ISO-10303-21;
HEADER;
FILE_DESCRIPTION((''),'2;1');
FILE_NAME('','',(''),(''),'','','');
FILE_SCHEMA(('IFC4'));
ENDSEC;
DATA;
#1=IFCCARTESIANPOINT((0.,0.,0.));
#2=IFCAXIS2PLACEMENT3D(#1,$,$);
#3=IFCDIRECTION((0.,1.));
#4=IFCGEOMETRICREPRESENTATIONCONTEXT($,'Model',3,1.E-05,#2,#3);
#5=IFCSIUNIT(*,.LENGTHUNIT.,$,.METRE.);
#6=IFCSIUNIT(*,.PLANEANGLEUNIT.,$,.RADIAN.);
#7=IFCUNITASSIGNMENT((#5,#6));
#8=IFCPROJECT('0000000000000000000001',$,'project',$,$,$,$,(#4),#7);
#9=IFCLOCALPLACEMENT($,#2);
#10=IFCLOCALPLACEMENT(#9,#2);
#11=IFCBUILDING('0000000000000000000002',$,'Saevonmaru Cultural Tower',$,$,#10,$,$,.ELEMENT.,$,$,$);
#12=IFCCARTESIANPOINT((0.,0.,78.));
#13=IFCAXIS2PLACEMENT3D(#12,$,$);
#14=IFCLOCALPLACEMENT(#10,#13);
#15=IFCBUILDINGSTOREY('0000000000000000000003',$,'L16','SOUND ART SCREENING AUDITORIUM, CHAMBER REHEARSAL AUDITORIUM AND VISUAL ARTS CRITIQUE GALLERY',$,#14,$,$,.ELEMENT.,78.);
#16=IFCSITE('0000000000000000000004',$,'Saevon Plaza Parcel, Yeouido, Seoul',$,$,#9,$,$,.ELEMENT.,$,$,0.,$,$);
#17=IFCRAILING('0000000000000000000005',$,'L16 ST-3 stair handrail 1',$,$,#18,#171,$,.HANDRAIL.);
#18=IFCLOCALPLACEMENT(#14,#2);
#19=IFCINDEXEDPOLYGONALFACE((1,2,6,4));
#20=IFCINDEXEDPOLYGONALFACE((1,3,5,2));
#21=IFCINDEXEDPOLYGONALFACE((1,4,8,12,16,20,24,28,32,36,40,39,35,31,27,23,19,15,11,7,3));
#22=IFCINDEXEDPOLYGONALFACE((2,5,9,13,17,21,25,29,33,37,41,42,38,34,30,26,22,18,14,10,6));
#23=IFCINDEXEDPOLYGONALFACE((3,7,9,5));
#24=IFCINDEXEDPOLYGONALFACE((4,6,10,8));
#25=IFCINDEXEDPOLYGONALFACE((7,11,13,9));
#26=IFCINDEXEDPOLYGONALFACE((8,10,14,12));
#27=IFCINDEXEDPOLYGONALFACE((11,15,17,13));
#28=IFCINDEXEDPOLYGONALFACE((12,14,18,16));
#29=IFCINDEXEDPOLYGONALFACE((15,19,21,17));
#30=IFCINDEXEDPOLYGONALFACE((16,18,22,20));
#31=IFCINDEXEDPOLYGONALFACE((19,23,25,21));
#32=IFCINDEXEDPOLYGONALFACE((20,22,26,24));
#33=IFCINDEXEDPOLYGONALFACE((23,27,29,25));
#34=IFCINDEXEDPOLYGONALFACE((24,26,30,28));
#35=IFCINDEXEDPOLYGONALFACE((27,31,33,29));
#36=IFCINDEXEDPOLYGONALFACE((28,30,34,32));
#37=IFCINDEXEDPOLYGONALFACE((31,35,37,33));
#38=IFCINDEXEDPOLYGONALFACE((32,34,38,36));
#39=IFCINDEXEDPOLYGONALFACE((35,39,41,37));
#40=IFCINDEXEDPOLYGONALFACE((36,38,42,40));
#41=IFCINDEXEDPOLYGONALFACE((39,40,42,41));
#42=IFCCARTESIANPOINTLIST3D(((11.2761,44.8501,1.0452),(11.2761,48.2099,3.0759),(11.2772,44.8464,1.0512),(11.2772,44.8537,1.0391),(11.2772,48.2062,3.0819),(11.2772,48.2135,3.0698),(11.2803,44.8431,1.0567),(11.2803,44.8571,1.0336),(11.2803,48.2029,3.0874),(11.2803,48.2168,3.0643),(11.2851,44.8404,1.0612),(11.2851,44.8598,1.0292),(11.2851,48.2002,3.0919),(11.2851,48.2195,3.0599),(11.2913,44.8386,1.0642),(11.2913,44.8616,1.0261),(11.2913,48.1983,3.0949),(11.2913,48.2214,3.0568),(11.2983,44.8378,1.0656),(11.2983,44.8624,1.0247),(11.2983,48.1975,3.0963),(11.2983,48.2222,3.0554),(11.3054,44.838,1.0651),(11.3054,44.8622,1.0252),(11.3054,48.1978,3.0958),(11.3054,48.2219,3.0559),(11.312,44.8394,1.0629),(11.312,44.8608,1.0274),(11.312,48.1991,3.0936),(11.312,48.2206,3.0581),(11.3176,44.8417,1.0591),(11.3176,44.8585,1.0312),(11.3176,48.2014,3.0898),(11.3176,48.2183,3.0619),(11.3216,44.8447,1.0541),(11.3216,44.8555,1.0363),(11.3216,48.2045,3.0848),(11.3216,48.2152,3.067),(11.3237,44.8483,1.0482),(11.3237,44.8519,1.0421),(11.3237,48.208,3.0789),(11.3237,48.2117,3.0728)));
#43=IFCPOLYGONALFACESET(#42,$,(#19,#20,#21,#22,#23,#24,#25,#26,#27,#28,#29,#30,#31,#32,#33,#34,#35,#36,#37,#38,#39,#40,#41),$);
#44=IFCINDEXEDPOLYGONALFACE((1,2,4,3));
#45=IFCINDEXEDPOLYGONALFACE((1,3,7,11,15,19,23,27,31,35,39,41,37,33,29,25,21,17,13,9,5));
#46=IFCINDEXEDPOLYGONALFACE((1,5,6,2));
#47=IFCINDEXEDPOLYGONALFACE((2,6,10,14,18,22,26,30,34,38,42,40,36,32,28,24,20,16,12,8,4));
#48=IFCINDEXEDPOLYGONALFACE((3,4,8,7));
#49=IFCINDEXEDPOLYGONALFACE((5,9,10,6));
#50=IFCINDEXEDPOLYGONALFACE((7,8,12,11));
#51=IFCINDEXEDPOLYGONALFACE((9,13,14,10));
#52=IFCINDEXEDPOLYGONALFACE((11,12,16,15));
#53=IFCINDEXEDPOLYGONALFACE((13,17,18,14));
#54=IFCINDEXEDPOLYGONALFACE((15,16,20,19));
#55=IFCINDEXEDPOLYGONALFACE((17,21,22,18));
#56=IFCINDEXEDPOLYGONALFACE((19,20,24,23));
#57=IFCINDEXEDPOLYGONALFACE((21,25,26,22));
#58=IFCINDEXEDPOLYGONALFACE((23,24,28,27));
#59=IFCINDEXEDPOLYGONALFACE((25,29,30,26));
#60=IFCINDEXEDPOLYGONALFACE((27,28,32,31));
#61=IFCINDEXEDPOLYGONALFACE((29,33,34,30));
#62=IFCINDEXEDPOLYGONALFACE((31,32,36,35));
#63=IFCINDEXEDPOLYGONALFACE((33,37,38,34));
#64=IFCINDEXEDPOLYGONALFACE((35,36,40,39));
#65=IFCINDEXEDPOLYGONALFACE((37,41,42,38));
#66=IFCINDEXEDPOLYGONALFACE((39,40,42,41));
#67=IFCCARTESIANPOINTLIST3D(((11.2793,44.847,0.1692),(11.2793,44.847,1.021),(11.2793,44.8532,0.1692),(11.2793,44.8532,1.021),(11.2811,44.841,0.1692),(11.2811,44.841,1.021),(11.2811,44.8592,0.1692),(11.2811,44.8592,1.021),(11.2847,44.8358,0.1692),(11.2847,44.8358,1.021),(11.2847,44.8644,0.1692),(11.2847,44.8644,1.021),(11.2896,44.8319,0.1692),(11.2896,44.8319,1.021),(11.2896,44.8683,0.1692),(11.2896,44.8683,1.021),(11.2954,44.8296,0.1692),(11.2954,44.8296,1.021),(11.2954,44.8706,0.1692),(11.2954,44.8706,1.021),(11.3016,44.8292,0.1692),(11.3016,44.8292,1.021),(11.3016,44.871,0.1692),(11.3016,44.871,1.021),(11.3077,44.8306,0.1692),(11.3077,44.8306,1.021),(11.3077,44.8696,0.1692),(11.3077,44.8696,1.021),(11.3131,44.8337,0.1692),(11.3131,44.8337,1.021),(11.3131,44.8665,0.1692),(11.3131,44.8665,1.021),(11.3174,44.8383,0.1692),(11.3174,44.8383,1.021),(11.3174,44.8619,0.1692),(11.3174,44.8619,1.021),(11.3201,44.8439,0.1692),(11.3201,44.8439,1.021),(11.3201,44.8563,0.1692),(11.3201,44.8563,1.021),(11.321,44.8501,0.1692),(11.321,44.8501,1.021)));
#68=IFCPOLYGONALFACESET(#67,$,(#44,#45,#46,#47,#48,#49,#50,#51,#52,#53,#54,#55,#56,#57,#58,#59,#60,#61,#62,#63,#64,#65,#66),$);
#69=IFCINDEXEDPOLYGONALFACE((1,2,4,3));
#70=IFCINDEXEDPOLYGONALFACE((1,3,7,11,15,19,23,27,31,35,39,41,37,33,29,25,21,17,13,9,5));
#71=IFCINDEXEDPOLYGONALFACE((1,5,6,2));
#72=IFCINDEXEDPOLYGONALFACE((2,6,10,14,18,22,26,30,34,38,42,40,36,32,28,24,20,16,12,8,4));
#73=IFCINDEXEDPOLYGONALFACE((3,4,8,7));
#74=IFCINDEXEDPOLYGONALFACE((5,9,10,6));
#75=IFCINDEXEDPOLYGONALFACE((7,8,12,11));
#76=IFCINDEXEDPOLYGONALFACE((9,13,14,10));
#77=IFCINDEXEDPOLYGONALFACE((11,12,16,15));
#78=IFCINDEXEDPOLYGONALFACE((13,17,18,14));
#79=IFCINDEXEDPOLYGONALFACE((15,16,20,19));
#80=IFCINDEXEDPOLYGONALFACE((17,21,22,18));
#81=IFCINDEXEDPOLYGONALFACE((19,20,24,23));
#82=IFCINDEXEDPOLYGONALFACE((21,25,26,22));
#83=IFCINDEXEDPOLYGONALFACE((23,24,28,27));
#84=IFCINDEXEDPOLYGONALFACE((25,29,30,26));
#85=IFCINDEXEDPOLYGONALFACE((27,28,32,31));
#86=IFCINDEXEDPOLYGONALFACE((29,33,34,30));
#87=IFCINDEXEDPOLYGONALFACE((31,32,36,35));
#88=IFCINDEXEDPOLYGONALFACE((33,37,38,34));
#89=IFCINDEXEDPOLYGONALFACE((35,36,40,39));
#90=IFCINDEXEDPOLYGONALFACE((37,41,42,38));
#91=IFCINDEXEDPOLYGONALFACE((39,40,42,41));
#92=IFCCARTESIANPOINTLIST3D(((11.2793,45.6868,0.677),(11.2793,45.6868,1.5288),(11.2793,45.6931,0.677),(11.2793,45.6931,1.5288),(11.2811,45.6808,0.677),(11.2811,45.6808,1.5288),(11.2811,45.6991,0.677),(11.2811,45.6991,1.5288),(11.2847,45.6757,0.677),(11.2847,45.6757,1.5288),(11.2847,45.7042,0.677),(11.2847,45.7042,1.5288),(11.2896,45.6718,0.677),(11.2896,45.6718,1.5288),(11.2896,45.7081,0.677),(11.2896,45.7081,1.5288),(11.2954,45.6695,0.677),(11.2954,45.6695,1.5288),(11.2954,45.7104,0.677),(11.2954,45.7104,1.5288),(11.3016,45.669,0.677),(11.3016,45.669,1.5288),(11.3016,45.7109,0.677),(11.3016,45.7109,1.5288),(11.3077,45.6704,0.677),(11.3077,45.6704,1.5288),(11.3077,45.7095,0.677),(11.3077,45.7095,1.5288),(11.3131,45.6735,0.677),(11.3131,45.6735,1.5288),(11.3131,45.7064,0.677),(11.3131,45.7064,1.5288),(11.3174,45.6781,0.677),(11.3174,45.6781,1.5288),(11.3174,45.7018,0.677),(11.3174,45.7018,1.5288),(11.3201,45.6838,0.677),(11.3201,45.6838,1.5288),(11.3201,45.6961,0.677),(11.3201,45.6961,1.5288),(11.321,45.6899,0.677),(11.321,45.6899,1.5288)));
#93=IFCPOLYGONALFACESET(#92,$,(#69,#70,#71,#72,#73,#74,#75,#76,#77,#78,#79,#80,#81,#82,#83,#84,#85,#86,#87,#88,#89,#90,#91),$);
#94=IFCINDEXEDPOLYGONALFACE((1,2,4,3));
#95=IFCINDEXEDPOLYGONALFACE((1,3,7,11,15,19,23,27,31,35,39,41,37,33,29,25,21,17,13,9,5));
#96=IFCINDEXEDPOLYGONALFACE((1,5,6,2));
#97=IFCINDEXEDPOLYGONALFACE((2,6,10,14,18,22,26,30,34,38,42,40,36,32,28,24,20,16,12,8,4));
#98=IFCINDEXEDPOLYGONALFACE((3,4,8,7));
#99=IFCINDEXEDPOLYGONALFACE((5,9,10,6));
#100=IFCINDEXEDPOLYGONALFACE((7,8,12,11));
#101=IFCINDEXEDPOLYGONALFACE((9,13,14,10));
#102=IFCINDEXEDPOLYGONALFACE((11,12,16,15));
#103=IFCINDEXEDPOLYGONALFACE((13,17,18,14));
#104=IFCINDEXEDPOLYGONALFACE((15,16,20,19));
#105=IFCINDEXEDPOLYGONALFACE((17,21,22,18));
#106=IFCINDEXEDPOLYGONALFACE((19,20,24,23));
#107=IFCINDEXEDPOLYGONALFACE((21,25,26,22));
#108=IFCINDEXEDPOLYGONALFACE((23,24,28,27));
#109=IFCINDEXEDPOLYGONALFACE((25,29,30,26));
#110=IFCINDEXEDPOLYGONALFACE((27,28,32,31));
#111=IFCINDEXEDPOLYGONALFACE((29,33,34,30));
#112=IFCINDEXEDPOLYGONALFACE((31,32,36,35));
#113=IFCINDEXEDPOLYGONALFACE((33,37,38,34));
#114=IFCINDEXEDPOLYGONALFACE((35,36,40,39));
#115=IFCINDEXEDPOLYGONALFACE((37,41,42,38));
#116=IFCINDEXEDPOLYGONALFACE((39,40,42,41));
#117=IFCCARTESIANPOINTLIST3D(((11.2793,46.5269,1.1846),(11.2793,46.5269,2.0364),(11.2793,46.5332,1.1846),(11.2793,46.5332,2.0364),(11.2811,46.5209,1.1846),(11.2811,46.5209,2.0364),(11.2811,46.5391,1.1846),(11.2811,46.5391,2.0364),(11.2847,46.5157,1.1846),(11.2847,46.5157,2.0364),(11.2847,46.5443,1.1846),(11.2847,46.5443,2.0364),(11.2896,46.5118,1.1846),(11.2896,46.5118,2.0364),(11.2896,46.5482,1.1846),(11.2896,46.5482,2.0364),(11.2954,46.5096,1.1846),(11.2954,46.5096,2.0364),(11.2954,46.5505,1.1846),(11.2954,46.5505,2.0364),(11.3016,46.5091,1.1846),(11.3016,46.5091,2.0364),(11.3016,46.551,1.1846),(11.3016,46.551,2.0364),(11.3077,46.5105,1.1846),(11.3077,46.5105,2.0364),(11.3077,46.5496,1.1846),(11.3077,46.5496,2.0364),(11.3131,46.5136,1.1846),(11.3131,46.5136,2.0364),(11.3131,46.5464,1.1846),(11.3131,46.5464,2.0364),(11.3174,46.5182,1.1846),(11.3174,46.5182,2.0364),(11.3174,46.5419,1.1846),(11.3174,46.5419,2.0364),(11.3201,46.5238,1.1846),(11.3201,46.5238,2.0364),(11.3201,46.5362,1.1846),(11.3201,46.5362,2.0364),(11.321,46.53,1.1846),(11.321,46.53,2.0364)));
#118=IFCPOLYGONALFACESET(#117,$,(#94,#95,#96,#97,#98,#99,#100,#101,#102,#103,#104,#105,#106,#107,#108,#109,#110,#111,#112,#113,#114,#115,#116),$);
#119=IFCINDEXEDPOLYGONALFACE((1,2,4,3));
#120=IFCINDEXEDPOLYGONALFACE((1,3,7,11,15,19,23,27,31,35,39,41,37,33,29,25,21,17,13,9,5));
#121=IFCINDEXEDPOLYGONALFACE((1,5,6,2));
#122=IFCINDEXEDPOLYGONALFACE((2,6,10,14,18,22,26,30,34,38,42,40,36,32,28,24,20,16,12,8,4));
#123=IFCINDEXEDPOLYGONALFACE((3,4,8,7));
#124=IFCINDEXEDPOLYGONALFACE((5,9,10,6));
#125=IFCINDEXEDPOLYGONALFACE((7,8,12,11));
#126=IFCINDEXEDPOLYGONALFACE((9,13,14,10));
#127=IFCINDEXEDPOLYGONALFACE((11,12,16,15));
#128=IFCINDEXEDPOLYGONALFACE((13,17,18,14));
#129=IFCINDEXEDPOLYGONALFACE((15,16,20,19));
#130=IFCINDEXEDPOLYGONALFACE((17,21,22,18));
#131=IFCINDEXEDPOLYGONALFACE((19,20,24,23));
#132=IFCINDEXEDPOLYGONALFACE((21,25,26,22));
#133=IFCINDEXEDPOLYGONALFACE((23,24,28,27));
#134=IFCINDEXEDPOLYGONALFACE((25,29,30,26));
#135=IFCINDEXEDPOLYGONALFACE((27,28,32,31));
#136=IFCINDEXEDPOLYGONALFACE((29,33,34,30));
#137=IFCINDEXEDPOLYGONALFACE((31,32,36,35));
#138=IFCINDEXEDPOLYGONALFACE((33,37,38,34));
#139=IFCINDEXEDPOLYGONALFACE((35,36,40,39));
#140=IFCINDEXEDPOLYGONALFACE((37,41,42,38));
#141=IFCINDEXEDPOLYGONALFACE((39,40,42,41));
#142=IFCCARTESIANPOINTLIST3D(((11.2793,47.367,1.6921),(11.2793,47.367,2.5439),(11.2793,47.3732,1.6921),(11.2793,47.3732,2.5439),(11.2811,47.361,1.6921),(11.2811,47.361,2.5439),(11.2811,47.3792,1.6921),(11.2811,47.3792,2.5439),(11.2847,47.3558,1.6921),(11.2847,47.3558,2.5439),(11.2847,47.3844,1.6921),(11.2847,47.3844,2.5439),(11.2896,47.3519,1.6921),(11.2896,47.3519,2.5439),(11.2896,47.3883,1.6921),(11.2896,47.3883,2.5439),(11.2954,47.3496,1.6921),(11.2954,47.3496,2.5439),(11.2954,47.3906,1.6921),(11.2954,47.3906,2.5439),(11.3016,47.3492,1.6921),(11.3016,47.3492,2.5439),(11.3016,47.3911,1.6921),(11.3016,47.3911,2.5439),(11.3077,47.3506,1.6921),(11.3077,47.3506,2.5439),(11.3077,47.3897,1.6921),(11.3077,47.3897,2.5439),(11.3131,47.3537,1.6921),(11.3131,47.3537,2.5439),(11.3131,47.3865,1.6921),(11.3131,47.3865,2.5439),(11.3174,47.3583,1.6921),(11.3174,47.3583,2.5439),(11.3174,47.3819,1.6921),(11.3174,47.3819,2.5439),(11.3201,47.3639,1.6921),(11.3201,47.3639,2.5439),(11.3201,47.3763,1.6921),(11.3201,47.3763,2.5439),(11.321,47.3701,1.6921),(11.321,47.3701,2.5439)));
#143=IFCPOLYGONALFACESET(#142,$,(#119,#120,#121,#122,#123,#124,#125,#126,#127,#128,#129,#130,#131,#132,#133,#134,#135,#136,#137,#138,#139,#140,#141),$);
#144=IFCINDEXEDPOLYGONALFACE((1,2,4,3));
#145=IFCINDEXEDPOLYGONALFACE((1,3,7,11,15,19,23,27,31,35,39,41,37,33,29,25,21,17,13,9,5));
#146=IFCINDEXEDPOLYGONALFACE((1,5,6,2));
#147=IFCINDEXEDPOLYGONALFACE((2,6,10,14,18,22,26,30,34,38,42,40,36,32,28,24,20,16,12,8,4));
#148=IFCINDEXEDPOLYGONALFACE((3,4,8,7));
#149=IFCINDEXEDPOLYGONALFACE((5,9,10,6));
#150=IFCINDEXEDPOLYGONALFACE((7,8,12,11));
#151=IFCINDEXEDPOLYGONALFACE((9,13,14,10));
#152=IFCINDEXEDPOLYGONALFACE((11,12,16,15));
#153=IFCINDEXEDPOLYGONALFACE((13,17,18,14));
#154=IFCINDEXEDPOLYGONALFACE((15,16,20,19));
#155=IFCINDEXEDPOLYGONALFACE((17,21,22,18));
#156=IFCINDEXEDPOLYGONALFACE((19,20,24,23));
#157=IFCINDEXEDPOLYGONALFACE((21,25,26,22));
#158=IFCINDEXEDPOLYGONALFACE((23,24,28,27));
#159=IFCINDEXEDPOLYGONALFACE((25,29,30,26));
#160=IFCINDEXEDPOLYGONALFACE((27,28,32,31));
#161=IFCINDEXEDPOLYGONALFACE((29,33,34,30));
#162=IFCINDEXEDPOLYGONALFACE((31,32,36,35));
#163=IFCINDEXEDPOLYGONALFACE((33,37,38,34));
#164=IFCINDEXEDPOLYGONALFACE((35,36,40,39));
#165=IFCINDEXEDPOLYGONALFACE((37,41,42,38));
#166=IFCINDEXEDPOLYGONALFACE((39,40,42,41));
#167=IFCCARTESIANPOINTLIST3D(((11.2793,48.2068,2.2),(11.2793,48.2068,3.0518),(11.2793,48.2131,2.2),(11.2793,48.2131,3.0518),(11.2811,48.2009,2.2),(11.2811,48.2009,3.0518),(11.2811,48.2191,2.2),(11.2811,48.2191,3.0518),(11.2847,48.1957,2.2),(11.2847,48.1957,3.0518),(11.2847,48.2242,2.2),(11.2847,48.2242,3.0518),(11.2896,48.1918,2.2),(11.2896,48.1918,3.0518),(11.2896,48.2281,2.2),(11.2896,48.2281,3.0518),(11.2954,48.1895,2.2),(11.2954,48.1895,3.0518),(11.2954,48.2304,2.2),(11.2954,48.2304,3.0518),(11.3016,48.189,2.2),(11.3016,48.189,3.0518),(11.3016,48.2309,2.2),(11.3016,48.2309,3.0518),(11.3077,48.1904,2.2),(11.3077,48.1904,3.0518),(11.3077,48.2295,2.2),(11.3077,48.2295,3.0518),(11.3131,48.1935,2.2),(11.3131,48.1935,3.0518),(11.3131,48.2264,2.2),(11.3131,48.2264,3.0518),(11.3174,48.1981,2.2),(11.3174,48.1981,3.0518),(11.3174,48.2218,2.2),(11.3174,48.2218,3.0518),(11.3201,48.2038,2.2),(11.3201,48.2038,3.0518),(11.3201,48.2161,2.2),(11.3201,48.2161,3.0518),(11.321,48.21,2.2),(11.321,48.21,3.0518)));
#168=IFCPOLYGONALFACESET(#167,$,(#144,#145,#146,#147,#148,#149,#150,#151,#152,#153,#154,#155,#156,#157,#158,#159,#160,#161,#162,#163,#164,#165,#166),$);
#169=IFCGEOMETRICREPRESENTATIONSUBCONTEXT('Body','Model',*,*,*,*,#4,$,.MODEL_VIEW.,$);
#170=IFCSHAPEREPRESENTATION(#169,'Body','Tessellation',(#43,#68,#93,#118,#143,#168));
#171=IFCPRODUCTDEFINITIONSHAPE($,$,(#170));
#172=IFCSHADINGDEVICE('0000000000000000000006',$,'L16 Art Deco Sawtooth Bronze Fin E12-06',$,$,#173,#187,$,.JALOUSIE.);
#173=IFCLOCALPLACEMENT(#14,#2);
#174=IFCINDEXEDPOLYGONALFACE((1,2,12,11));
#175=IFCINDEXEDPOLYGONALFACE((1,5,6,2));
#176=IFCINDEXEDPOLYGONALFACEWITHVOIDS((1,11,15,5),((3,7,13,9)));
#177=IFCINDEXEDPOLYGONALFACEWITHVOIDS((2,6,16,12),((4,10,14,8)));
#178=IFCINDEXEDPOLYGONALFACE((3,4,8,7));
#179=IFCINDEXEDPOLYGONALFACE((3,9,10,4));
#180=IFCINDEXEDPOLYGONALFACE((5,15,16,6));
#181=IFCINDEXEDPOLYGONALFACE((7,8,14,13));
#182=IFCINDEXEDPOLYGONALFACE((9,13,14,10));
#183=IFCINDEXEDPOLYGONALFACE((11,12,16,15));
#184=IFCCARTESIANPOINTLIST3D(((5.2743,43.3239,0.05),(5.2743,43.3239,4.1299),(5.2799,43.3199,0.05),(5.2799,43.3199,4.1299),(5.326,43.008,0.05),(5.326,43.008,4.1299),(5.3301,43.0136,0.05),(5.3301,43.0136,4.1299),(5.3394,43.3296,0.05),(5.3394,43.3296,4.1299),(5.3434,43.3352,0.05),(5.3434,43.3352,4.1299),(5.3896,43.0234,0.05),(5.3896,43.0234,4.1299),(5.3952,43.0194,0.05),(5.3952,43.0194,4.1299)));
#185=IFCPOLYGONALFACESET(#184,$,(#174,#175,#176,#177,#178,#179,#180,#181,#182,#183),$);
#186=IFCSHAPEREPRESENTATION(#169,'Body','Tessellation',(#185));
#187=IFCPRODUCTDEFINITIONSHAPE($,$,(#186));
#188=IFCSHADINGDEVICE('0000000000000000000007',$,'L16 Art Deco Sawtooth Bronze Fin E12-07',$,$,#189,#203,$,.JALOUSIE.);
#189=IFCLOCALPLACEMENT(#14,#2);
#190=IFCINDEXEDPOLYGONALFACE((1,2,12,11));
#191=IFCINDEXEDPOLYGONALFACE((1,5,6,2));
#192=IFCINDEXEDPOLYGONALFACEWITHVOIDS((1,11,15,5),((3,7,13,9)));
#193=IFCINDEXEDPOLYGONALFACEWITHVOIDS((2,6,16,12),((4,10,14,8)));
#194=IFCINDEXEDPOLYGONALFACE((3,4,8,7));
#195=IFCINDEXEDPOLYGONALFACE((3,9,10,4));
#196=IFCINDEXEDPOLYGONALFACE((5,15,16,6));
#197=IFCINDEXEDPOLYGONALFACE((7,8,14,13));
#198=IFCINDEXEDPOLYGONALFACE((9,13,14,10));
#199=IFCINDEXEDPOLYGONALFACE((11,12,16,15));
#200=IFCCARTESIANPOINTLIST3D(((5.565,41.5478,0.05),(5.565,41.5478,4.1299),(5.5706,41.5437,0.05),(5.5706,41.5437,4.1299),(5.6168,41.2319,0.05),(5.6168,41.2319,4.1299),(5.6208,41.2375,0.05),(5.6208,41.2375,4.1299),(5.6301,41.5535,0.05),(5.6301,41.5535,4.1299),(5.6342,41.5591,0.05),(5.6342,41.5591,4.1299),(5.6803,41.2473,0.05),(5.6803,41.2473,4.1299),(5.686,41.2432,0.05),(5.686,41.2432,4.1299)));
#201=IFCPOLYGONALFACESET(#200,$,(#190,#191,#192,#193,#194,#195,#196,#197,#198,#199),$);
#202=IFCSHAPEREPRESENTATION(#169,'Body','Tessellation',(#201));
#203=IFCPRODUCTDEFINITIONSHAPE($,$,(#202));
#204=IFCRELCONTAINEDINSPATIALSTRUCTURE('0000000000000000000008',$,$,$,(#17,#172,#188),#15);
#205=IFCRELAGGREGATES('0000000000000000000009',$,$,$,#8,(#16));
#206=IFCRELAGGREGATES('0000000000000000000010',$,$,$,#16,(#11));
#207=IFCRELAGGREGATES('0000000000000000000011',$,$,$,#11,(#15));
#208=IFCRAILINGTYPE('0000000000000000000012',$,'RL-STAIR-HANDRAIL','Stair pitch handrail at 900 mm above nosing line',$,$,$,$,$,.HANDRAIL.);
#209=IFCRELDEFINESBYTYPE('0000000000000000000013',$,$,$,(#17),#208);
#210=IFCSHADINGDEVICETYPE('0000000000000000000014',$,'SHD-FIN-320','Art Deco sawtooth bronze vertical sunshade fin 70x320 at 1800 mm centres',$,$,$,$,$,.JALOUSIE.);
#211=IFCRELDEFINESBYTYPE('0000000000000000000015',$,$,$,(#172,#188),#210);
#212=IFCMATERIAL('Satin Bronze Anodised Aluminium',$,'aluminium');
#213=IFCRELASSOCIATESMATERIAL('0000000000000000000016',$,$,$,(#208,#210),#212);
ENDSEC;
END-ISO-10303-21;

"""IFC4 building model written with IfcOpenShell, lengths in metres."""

from ifc_helpers import new_model, si_unit, direction, frame, origin, origin_2d, place, context, subcontext, project, spatial, hollow_rectangle, circle, extrude, material, material_profile, profile_set, type_object, element, save


model = new_model("IFC4")

# Units and contexts
model_context = context("Model", 3, precision=1e-05, world=origin(), true_north=direction((0.0, 1.0)))
body_context = subcontext(model_context, "Body", "Model", "MODEL_VIEW")
ifc_project = project(units=[si_unit("LENGTHUNIT", "METRE"), si_unit("PLANEANGLEUNIT", "RADIAN")], contexts=[model_context])

# Site, building, storey
site_placement = place(None, origin())
site = spatial("IfcSite", under=ifc_project, at=site_placement, Name="Saevon Plaza Parcel, Yeouido, Seoul", CompositionType="ELEMENT", RefElevation=0.0)
building_placement = place(site_placement, origin())
building = spatial("IfcBuilding", under=site, at=building_placement, Name="Saevonmaru Cultural Tower", CompositionType="ELEMENT")
storey_placement = place(building_placement, frame((0.0, 0.0, 78.0)))
storey = spatial("IfcBuildingStorey", under=building, at=storey_placement, Name="L16", Description="SOUND ART SCREENING AUDITORIUM, CHAMBER REHEARSAL AUDITORIUM AND VISUAL ARTS CRITIQUE GALLERY", CompositionType="ELEMENT", Elevation=78.0)

# Shared definitions
ifc_material_1 = material(Name="Satin Bronze Anodised Aluminium", Category="aluminium")

# Railing
railing_type_1 = type_object("IfcRailingType", Name="RL-STAIR-HANDRAIL", Description="Stair pitch handrail at 900 mm above nosing line", PredefinedType="HANDRAIL", material=ifc_material_1)
railing_1_placement = place(storey_placement, frame((11.3, 44.8501, 0.1692)))
element("IfcRailing", 1, at=railing_1_placement, inside=storey, type_object=railing_type_1, Name="L16 ST-3 stair handrail 1", PredefinedType="HANDRAIL", context=body_context, shape_type="SweptSolid", body=[
    extrude(circle(Radius=0.0239, at=origin_2d()), frame((0.0, 0.0, 0.876), z_axis=(0.0, 0.85582, 0.517273), x_axis=(-1.0, 0.0, 0.0)), (0.0, 0.0, 1.0), 3.9258),
    extrude(circle(Radius=0.021, at=origin_2d()), origin(), (0.0, 0.0, 1.0), 0.8518),
    extrude(circle(Radius=0.021, at=origin_2d()), frame((0.0, 0.8398, 0.5078)), (0.0, 0.0, 1.0), 0.8518),
    extrude(circle(Radius=0.021, at=origin_2d()), frame((0.0, 1.6799, 1.0154)), (0.0, 0.0, 1.0), 0.8518),
    extrude(circle(Radius=0.021, at=origin_2d()), frame((0.0, 2.52, 1.5229)), (0.0, 0.0, 1.0), 0.8518),
    extrude(circle(Radius=0.021, at=origin_2d()), frame((0.0, 3.3599, 2.0308)), (0.0, 0.0, 1.0), 0.8518),
])

# Shading devices
ifc_material_profile_1 = material_profile(ifc_material_1, hollow_rectangle(XDim=0.0701, YDim=0.3201, WallThickness=0.0049, at=origin_2d()), Name="FIN-320x70")
ifc_profile_set_1 = profile_set([ifc_material_profile_1], Name="Satin Bronze Anodised Aluminium")
shading_device_type = type_object("IfcShadingDeviceType", Name="SHD-FIN-320", Description="Art Deco sawtooth bronze vertical sunshade fin 70x320 at 1800 mm centres", PredefinedType="JALOUSIE", material=ifc_profile_set_1)
for number, where, z_axis, x_axis, name in (
    (2, (5.3347, 43.1716, 0.05), (0.0, 0.0, 1.0), (-0.986827, -0.161776, 0.0), "L16 Art Deco Sawtooth Bronze Fin E12-06"),
    (3, (5.6255, 41.3955, 0.05), (0.0, 0.0, 1.0), (-0.986827, -0.161776, 0.0), "L16 Art Deco Sawtooth Bronze Fin E12-07"),
):
    element("IfcShadingDevice", number, at=place(storey_placement, frame(where, z_axis=z_axis, x_axis=x_axis)), inside=storey, type_object=shading_device_type, Name=name, PredefinedType="JALOUSIE", context=body_context, shape_type="SweptSolid", body=[
        extrude(hollow_rectangle(XDim=0.0701, YDim=0.3201, WallThickness=0.0049, at=origin_2d()), origin(), (0.0, 0.0, 1.0), 4.0798),
    ])

save(model, "model.ifc")
